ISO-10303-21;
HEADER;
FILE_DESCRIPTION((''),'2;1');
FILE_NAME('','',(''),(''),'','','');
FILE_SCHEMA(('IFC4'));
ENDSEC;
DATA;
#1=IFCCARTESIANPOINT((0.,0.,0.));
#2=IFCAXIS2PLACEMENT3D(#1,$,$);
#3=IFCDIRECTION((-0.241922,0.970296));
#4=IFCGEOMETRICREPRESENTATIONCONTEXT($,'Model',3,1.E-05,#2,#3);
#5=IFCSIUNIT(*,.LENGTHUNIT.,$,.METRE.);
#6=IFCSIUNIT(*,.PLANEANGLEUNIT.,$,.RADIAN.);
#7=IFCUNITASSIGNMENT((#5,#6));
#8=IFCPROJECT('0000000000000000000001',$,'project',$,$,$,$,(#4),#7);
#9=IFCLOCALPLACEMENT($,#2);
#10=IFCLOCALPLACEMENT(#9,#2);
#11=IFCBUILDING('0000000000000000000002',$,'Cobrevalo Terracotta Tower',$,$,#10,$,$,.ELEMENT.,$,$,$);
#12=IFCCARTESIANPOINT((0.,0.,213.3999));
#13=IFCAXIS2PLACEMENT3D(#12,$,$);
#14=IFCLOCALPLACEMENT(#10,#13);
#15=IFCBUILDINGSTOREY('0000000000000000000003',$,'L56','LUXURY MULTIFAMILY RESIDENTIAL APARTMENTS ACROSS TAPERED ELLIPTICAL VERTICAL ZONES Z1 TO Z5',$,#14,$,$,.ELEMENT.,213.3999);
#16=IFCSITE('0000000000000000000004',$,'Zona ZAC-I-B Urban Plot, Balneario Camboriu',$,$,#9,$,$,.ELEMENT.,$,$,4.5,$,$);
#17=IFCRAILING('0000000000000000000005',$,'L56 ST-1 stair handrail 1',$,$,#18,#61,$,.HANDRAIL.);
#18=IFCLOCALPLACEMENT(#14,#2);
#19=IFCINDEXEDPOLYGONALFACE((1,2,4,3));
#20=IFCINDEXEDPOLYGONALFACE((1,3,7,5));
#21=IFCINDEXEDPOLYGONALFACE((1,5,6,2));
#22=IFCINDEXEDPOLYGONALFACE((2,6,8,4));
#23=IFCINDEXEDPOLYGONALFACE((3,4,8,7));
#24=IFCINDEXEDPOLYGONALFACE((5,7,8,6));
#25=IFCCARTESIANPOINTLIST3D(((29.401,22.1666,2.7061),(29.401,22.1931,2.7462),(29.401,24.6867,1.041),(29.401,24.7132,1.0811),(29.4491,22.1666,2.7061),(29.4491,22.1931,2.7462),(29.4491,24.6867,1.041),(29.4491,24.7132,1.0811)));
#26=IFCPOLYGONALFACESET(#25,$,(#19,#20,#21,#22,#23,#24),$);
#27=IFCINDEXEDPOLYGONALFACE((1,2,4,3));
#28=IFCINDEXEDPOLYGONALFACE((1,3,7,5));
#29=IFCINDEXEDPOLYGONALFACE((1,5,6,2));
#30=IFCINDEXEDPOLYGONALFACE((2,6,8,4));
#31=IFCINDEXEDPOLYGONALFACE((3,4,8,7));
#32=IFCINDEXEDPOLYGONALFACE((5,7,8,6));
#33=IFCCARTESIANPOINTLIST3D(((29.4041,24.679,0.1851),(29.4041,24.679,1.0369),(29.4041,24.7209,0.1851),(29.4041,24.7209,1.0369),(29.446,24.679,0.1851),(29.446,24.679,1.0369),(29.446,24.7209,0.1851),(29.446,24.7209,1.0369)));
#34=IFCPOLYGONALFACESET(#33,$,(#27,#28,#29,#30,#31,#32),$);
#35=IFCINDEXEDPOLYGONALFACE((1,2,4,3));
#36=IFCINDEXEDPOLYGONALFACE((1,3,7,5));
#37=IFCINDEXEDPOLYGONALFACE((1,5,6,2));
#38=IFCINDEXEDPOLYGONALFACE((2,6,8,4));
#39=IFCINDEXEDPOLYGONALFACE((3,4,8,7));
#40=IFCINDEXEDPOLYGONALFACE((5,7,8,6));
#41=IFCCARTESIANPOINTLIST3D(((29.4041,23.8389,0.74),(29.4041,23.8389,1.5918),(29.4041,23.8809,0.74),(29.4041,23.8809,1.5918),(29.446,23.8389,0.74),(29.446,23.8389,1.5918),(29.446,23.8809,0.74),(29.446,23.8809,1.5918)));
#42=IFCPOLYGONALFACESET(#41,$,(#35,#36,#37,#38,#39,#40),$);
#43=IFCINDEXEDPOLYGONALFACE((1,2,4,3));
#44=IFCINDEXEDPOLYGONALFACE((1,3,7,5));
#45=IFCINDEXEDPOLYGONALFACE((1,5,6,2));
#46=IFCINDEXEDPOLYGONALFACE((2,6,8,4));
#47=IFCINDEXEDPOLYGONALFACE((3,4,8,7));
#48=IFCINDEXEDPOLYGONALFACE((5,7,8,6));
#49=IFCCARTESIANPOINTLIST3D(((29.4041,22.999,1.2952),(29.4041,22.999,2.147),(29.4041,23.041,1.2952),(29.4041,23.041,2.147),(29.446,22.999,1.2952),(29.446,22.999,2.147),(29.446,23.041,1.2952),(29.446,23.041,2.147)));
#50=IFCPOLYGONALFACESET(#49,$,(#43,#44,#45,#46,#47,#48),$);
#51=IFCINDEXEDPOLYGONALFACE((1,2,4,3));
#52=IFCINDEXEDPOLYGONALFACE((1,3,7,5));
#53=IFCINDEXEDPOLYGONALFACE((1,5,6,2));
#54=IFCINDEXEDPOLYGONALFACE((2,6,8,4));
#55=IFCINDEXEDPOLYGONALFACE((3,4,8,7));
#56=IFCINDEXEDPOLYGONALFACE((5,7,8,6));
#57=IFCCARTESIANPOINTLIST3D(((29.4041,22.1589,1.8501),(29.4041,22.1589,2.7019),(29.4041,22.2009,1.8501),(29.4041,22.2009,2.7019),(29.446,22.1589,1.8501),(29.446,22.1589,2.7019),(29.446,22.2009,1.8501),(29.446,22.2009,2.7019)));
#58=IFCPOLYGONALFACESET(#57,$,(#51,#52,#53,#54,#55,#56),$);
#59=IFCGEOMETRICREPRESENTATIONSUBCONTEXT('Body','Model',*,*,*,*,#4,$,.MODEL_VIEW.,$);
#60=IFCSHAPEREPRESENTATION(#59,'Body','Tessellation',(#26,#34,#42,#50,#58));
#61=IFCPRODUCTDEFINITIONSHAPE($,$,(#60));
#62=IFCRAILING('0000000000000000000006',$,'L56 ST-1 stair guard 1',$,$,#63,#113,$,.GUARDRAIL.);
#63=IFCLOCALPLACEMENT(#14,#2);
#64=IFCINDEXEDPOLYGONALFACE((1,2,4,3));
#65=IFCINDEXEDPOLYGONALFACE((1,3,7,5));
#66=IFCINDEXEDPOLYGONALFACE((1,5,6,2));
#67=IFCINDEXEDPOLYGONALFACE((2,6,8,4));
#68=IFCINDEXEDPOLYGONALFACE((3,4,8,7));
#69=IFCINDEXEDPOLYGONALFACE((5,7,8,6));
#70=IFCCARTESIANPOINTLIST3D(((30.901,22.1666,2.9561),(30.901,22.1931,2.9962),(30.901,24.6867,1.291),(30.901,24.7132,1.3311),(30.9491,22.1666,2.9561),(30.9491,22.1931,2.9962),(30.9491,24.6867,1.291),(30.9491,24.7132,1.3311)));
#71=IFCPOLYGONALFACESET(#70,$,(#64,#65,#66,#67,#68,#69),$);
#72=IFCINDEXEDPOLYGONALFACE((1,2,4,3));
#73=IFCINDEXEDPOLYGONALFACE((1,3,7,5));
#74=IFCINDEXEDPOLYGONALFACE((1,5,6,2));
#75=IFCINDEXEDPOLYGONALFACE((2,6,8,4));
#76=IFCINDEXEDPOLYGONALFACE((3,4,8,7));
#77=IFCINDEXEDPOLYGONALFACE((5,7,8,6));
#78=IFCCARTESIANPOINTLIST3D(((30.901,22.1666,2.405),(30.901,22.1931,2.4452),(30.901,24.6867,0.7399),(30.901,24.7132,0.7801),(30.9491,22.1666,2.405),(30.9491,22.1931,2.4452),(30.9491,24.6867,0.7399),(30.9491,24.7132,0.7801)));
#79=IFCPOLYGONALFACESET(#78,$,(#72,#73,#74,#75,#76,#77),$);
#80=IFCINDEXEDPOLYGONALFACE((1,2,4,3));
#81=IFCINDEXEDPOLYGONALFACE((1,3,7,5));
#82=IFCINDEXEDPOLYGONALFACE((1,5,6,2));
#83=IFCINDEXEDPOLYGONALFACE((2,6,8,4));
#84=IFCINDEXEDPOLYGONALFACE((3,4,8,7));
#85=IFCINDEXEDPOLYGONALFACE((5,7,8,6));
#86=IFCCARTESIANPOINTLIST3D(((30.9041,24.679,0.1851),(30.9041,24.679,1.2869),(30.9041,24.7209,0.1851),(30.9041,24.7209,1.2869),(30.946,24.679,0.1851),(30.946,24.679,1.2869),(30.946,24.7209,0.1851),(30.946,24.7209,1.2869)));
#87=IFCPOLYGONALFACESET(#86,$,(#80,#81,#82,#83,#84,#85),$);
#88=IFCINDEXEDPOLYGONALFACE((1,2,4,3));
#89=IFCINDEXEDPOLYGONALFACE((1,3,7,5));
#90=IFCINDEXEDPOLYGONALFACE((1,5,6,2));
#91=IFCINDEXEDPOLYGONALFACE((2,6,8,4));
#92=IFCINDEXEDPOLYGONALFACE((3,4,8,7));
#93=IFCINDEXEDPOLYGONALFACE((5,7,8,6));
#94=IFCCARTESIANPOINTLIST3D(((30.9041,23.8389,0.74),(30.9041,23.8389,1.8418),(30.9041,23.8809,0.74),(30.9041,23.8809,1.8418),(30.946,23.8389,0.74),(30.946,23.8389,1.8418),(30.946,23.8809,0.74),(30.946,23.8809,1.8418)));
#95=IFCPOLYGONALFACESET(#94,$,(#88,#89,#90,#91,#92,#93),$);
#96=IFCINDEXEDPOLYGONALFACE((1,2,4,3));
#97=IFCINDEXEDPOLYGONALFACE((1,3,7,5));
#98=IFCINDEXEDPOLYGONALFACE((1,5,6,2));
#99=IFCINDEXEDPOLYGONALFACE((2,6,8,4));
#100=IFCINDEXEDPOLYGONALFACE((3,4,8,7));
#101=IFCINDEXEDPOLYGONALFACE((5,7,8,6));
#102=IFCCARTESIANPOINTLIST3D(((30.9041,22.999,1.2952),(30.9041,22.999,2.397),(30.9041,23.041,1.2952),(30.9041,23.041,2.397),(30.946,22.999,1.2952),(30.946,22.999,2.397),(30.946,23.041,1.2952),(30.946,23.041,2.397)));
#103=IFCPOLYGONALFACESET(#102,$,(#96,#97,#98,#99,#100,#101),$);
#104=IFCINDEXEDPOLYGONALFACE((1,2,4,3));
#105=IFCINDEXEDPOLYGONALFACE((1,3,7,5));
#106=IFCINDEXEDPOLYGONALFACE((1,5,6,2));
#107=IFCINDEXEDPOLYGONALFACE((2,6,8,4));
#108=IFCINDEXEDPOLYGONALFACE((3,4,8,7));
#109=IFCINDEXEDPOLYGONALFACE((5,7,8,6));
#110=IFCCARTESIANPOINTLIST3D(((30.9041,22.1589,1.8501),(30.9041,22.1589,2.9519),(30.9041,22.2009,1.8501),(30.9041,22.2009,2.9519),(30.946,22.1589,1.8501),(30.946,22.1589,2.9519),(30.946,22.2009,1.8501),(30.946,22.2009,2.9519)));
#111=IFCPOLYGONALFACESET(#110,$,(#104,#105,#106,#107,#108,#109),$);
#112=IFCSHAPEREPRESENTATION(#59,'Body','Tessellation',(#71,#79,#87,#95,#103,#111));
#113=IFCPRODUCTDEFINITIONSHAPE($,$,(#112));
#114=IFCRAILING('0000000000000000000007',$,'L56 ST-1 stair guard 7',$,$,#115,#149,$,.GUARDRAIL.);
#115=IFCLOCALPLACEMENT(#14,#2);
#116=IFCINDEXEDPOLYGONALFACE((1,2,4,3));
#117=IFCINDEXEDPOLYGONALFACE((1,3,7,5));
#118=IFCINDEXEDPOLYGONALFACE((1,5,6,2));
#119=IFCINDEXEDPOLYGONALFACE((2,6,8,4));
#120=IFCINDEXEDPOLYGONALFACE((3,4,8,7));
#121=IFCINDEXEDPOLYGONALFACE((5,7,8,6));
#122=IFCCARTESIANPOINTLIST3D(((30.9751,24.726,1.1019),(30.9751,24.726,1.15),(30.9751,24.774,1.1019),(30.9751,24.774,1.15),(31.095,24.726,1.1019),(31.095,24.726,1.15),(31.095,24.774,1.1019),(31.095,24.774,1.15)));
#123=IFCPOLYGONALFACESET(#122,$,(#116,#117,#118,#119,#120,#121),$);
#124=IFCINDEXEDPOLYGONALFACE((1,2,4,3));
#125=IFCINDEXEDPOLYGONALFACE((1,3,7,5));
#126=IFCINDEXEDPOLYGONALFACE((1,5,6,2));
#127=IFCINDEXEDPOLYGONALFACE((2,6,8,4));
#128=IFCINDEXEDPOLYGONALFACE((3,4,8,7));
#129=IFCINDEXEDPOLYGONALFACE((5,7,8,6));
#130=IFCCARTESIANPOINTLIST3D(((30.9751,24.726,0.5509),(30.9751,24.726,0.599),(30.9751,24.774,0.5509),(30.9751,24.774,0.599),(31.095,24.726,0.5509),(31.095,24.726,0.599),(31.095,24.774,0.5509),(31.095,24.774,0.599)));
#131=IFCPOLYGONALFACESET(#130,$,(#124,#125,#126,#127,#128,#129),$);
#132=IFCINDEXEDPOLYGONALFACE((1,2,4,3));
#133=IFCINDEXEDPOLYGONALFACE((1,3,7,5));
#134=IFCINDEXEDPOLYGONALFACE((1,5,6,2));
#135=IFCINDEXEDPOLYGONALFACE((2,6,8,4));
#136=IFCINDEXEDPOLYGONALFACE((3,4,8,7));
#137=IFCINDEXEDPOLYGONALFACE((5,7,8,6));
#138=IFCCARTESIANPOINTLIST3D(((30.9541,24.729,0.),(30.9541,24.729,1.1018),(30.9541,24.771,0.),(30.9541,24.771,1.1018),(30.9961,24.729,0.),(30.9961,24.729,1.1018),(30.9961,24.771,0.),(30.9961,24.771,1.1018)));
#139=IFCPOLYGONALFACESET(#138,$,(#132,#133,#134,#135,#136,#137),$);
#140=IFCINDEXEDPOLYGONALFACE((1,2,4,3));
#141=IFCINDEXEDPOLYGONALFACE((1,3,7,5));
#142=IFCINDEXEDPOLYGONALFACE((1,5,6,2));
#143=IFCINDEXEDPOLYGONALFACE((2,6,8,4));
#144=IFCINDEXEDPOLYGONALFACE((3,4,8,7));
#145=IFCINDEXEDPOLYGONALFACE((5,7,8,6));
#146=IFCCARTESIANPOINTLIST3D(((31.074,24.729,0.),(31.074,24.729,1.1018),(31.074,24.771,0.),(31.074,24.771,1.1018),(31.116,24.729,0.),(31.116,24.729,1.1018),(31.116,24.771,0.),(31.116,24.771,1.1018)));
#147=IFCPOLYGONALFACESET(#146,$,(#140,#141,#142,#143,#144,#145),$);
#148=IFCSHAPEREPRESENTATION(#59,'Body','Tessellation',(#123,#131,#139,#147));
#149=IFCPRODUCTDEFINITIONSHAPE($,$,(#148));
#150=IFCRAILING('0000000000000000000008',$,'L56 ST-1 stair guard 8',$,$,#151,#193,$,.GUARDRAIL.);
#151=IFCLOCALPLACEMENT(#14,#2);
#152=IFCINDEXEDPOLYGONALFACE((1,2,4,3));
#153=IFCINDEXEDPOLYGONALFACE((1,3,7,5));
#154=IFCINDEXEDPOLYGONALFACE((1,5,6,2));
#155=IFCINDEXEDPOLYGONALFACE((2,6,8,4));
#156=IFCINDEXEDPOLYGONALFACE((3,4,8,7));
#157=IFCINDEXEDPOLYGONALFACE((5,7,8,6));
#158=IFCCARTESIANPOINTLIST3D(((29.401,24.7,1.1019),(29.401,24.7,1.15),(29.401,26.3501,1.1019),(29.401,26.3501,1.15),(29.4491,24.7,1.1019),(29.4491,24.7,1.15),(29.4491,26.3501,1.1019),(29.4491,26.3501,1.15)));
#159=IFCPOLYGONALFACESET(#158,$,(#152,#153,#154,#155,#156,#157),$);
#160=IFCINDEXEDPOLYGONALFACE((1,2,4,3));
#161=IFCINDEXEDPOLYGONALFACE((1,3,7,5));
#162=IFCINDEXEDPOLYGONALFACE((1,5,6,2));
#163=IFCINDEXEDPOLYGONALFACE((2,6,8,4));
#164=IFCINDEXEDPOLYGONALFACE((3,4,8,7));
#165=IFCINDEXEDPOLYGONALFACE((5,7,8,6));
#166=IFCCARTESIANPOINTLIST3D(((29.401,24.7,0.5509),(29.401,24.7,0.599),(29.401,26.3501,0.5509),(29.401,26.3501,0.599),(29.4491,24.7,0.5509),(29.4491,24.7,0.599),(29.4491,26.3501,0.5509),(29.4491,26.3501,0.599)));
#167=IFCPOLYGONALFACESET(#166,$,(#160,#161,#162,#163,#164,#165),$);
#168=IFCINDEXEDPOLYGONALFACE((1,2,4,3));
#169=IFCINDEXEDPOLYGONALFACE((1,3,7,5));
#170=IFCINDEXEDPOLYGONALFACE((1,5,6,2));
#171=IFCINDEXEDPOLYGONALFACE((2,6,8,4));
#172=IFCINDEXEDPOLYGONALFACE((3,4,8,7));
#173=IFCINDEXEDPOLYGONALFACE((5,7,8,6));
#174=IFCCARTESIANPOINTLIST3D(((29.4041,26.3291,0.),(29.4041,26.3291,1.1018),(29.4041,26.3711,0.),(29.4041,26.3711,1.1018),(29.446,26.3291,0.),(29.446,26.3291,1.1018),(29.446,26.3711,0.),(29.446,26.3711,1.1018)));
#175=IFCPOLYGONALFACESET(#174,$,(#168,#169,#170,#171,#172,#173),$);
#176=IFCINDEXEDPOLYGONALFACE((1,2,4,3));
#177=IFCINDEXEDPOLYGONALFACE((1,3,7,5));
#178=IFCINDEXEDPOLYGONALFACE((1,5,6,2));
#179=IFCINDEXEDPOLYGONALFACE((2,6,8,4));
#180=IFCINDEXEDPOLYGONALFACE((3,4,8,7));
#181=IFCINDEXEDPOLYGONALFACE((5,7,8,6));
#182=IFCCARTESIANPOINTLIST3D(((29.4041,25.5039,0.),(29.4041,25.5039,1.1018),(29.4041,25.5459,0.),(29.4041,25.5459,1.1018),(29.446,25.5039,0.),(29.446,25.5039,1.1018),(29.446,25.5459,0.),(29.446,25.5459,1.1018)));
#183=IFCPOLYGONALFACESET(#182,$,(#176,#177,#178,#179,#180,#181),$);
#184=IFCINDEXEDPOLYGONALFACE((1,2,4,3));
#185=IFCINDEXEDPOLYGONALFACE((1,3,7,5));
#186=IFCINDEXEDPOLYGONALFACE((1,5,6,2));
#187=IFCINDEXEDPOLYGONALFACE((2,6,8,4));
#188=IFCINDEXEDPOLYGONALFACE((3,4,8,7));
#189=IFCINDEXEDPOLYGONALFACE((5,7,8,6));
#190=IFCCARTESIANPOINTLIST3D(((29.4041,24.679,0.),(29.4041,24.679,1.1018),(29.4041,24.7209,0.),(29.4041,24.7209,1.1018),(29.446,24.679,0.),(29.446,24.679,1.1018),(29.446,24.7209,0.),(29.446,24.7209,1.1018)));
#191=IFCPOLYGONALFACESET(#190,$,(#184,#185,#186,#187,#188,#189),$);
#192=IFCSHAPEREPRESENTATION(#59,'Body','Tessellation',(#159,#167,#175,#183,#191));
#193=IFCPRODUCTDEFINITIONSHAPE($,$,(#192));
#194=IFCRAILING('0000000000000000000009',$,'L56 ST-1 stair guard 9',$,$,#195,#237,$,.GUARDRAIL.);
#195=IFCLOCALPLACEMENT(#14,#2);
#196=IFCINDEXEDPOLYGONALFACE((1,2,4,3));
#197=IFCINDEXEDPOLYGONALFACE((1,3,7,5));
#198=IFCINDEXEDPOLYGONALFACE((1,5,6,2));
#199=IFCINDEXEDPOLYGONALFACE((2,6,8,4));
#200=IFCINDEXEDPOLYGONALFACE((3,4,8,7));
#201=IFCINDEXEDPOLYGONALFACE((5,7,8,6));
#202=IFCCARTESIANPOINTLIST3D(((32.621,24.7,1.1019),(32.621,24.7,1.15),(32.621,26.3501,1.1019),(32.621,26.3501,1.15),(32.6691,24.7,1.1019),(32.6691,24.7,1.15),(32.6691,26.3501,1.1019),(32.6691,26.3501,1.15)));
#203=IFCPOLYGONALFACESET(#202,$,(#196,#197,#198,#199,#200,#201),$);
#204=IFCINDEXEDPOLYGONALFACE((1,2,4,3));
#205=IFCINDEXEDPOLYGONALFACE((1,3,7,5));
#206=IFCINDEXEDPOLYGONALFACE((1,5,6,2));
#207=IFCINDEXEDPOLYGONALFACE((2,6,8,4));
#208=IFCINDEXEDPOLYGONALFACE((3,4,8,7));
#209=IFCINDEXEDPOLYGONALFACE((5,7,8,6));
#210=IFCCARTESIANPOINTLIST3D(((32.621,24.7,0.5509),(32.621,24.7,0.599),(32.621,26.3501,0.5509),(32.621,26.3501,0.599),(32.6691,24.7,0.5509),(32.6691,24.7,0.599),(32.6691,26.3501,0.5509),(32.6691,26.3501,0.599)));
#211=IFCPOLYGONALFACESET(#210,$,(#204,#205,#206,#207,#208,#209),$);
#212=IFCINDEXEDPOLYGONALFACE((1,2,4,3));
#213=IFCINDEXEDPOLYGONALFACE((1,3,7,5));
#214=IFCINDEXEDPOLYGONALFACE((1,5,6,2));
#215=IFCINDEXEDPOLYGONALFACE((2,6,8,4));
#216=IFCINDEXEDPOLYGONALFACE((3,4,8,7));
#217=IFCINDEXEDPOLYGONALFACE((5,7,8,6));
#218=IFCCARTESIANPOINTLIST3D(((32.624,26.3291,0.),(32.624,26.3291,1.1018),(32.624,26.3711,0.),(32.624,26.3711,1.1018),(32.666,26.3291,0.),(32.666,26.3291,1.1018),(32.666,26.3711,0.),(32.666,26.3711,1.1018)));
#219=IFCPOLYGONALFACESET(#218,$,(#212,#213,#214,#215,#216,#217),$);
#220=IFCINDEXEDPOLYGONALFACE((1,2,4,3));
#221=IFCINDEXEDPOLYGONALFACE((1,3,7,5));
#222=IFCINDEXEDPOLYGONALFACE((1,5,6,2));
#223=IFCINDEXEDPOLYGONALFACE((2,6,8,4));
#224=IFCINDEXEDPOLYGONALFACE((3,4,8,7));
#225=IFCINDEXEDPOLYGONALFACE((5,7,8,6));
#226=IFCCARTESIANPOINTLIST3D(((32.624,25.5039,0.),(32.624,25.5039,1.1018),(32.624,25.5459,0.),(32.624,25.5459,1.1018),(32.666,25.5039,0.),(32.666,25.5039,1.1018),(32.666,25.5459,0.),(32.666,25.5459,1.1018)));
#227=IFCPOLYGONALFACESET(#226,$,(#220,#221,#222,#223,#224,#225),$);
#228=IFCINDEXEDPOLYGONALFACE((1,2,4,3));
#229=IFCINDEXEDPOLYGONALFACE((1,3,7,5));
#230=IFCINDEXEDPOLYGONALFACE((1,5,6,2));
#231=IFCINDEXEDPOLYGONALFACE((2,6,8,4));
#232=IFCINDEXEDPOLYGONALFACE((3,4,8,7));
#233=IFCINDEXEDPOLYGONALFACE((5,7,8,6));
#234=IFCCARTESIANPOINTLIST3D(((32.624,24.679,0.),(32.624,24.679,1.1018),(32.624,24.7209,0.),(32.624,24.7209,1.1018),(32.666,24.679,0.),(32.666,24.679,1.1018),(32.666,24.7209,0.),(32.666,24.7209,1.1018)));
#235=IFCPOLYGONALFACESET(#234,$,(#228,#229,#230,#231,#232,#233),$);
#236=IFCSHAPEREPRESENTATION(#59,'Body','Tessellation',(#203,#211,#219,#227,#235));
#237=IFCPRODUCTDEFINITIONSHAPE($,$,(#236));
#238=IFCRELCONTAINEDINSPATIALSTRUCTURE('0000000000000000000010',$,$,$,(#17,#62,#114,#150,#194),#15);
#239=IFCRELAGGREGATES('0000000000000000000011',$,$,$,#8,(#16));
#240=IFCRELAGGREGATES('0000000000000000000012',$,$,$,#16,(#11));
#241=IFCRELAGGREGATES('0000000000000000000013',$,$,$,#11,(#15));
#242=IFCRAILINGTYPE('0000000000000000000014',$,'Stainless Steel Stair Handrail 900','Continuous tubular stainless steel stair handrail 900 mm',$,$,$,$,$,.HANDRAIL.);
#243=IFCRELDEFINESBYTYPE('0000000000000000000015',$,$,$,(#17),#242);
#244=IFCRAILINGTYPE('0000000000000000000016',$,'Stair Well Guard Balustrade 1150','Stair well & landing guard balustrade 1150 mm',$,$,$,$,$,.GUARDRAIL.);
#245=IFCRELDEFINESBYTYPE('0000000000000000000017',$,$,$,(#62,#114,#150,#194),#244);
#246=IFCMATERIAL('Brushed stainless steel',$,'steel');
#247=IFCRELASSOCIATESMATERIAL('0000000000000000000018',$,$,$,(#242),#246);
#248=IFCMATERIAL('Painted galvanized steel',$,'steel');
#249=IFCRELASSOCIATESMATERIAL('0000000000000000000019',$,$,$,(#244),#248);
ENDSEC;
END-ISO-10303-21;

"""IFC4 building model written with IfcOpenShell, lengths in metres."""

from ifc_helpers import new_model, si_unit, direction, frame, origin, origin_2d, place, context, subcontext, project, spatial, rectangle, extrude, material, type_object, element, save


model = new_model("IFC4")

# Units and contexts
model_context = context("Model", 3, precision=1e-05, world=origin(), true_north=direction((-0.241922, 0.970296)))
body_context = subcontext(model_context, "Body", "Model", "MODEL_VIEW")
ifc_project = project(units=[si_unit("LENGTHUNIT", "METRE"), si_unit("PLANEANGLEUNIT", "RADIAN")], contexts=[model_context])

# Site, building, storey
site_placement = place(None, origin())
site = spatial("IfcSite", under=ifc_project, at=site_placement, Name="Zona ZAC-I-B Urban Plot, Balneario Camboriu", CompositionType="ELEMENT", RefElevation=4.5)
building_placement = place(site_placement, origin())
building = spatial("IfcBuilding", under=site, at=building_placement, Name="Cobrevalo Terracotta Tower", CompositionType="ELEMENT")
storey_placement = place(building_placement, frame((0.0, 0.0, 213.3999)))
storey = spatial("IfcBuildingStorey", under=building, at=storey_placement, Name="L56", Description="LUXURY MULTIFAMILY RESIDENTIAL APARTMENTS ACROSS TAPERED ELLIPTICAL VERTICAL ZONES Z1 TO Z5", CompositionType="ELEMENT", Elevation=213.3999)

# Shared definitions
ifc_material_1 = material(Name="Brushed stainless steel", Category="steel")

# Railings
railing_type_1 = type_object("IfcRailingType", Name="Stainless Steel Stair Handrail 900", Description="Continuous tubular stainless steel stair handrail 900 mm", PredefinedType="HANDRAIL", material=ifc_material_1)
railing_1_placement = place(storey_placement, frame((29.425, 24.7, 0.1851)))
element("IfcRailing", 1, at=railing_1_placement, inside=storey, type_object=railing_type_1, Name="L56 ST-1 stair handrail 1", PredefinedType="HANDRAIL", context=body_context, shape_type="SweptSolid", body=[
    extrude(rectangle(XDim=0.0481, YDim=0.0481, at=origin_2d()), frame((0.0, 0.0, 0.876), z_axis=(0.0, -0.834331, 0.551263), x_axis=(1.0, 0.0, 0.0)), (0.0, 0.0, 1.0), 3.0205),
    extrude(rectangle(XDim=0.042, YDim=0.042, at=origin_2d()), origin(), (0.0, 0.0, 1.0), 0.8518),
    extrude(rectangle(XDim=0.042, YDim=0.042, at=origin_2d()), frame((0.0, -0.8401, 0.5549)), (0.0, 0.0, 1.0), 0.8518),
    extrude(rectangle(XDim=0.042, YDim=0.042, at=origin_2d()), frame((0.0, -1.6799, 1.1101)), (0.0, 0.0, 1.0), 0.8518),
    extrude(rectangle(XDim=0.042, YDim=0.042, at=origin_2d()), frame((0.0, -2.52, 1.665)), (0.0, 0.0, 1.0), 0.8518),
])
ifc_material_2 = material(Name="Painted galvanized steel", Category="steel")
railing_type_2 = type_object("IfcRailingType", Name="Stair Well Guard Balustrade 1150", Description="Stair well & landing guard balustrade 1150 mm", PredefinedType="GUARDRAIL", material=ifc_material_2)
railing_2_placement = place(storey_placement, frame((30.925, 24.7, 0.1851)))
element("IfcRailing", 2, at=railing_2_placement, inside=storey, type_object=railing_type_2, Name="L56 ST-1 stair guard 1", PredefinedType="GUARDRAIL", context=body_context, shape_type="SweptSolid", body=[
    extrude(rectangle(XDim=0.0481, YDim=0.0481, at=origin_2d()), frame((0.0, 0.0, 1.126), z_axis=(0.0, -0.834331, 0.551263), x_axis=(1.0, 0.0, 0.0)), (0.0, 0.0, 1.0), 3.0205),
    extrude(rectangle(XDim=0.0481, YDim=0.0481, at=origin_2d()), frame((0.0, 0.0, 0.575), z_axis=(0.0, -0.834331, 0.551263), x_axis=(1.0, 0.0, 0.0)), (0.0, 0.0, 1.0), 3.0205),
    extrude(rectangle(XDim=0.042, YDim=0.042, at=origin_2d()), origin(), (0.0, 0.0, 1.0), 1.1018),
    extrude(rectangle(XDim=0.042, YDim=0.042, at=origin_2d()), frame((0.0, -0.8401, 0.5549)), (0.0, 0.0, 1.0), 1.1018),
    extrude(rectangle(XDim=0.042, YDim=0.042, at=origin_2d()), frame((0.0, -1.6799, 1.1101)), (0.0, 0.0, 1.0), 1.1018),
    extrude(rectangle(XDim=0.042, YDim=0.042, at=origin_2d()), frame((0.0, -2.52, 1.665)), (0.0, 0.0, 1.0), 1.1018),
])
railing_3_placement = place(storey_placement, frame((30.9751, 24.75, 0.0)))
element("IfcRailing", 3, at=railing_3_placement, inside=storey, type_object=railing_type_2, Name="L56 ST-1 stair guard 7", PredefinedType="GUARDRAIL", context=body_context, shape_type="SweptSolid", body=[
    extrude(rectangle(XDim=0.0481, YDim=0.0481, at=origin_2d()), frame((0.0, 0.0, 1.126), z_axis=(1.0, 0.0, 0.0), x_axis=(0.0, 1.0, 0.0)), (0.0, 0.0, 1.0), 0.1199),
    extrude(rectangle(XDim=0.0481, YDim=0.0481, at=origin_2d()), frame((0.0, 0.0, 0.575), z_axis=(1.0, 0.0, 0.0), x_axis=(0.0, 1.0, 0.0)), (0.0, 0.0, 1.0), 0.1199),
    extrude(rectangle(XDim=0.042, YDim=0.042, at=origin_2d()), origin(), (0.0, 0.0, 1.0), 1.1018),
    extrude(rectangle(XDim=0.042, YDim=0.042, at=origin_2d()), frame((0.1199, 0.0, 0.0)), (0.0, 0.0, 1.0), 1.1018),
])
for number, where, name in (
    (4, (29.425, 26.3501, 0.0), "L56 ST-1 stair guard 8"),
    (5, (32.645, 26.3501, 0.0), "L56 ST-1 stair guard 9"),
):
    element("IfcRailing", number, at=place(storey_placement, frame(where)), inside=storey, type_object=railing_type_2, Name=name, PredefinedType="GUARDRAIL", context=body_context, shape_type="SweptSolid", body=[
        extrude(rectangle(XDim=0.0481, YDim=0.0481, at=origin_2d()), frame((0.0, 0.0, 1.126), z_axis=(0.0, -1.0, 0.0), x_axis=(1.0, 0.0, 0.0)), (0.0, 0.0, 1.0), 1.6501),
        extrude(rectangle(XDim=0.0481, YDim=0.0481, at=origin_2d()), frame((0.0, 0.0, 0.575), z_axis=(0.0, -1.0, 0.0), x_axis=(1.0, 0.0, 0.0)), (0.0, 0.0, 1.0), 1.6501),
        extrude(rectangle(XDim=0.042, YDim=0.042, at=origin_2d()), origin(), (0.0, 0.0, 1.0), 1.1018),
        extrude(rectangle(XDim=0.042, YDim=0.042, at=origin_2d()), frame((0.0, -0.8252, 0.0)), (0.0, 0.0, 1.0), 1.1018),
        extrude(rectangle(XDim=0.042, YDim=0.042, at=origin_2d()), frame((0.0, -1.6501, 0.0)), (0.0, 0.0, 1.0), 1.1018),
    ])

save(model, "model.ifc")
